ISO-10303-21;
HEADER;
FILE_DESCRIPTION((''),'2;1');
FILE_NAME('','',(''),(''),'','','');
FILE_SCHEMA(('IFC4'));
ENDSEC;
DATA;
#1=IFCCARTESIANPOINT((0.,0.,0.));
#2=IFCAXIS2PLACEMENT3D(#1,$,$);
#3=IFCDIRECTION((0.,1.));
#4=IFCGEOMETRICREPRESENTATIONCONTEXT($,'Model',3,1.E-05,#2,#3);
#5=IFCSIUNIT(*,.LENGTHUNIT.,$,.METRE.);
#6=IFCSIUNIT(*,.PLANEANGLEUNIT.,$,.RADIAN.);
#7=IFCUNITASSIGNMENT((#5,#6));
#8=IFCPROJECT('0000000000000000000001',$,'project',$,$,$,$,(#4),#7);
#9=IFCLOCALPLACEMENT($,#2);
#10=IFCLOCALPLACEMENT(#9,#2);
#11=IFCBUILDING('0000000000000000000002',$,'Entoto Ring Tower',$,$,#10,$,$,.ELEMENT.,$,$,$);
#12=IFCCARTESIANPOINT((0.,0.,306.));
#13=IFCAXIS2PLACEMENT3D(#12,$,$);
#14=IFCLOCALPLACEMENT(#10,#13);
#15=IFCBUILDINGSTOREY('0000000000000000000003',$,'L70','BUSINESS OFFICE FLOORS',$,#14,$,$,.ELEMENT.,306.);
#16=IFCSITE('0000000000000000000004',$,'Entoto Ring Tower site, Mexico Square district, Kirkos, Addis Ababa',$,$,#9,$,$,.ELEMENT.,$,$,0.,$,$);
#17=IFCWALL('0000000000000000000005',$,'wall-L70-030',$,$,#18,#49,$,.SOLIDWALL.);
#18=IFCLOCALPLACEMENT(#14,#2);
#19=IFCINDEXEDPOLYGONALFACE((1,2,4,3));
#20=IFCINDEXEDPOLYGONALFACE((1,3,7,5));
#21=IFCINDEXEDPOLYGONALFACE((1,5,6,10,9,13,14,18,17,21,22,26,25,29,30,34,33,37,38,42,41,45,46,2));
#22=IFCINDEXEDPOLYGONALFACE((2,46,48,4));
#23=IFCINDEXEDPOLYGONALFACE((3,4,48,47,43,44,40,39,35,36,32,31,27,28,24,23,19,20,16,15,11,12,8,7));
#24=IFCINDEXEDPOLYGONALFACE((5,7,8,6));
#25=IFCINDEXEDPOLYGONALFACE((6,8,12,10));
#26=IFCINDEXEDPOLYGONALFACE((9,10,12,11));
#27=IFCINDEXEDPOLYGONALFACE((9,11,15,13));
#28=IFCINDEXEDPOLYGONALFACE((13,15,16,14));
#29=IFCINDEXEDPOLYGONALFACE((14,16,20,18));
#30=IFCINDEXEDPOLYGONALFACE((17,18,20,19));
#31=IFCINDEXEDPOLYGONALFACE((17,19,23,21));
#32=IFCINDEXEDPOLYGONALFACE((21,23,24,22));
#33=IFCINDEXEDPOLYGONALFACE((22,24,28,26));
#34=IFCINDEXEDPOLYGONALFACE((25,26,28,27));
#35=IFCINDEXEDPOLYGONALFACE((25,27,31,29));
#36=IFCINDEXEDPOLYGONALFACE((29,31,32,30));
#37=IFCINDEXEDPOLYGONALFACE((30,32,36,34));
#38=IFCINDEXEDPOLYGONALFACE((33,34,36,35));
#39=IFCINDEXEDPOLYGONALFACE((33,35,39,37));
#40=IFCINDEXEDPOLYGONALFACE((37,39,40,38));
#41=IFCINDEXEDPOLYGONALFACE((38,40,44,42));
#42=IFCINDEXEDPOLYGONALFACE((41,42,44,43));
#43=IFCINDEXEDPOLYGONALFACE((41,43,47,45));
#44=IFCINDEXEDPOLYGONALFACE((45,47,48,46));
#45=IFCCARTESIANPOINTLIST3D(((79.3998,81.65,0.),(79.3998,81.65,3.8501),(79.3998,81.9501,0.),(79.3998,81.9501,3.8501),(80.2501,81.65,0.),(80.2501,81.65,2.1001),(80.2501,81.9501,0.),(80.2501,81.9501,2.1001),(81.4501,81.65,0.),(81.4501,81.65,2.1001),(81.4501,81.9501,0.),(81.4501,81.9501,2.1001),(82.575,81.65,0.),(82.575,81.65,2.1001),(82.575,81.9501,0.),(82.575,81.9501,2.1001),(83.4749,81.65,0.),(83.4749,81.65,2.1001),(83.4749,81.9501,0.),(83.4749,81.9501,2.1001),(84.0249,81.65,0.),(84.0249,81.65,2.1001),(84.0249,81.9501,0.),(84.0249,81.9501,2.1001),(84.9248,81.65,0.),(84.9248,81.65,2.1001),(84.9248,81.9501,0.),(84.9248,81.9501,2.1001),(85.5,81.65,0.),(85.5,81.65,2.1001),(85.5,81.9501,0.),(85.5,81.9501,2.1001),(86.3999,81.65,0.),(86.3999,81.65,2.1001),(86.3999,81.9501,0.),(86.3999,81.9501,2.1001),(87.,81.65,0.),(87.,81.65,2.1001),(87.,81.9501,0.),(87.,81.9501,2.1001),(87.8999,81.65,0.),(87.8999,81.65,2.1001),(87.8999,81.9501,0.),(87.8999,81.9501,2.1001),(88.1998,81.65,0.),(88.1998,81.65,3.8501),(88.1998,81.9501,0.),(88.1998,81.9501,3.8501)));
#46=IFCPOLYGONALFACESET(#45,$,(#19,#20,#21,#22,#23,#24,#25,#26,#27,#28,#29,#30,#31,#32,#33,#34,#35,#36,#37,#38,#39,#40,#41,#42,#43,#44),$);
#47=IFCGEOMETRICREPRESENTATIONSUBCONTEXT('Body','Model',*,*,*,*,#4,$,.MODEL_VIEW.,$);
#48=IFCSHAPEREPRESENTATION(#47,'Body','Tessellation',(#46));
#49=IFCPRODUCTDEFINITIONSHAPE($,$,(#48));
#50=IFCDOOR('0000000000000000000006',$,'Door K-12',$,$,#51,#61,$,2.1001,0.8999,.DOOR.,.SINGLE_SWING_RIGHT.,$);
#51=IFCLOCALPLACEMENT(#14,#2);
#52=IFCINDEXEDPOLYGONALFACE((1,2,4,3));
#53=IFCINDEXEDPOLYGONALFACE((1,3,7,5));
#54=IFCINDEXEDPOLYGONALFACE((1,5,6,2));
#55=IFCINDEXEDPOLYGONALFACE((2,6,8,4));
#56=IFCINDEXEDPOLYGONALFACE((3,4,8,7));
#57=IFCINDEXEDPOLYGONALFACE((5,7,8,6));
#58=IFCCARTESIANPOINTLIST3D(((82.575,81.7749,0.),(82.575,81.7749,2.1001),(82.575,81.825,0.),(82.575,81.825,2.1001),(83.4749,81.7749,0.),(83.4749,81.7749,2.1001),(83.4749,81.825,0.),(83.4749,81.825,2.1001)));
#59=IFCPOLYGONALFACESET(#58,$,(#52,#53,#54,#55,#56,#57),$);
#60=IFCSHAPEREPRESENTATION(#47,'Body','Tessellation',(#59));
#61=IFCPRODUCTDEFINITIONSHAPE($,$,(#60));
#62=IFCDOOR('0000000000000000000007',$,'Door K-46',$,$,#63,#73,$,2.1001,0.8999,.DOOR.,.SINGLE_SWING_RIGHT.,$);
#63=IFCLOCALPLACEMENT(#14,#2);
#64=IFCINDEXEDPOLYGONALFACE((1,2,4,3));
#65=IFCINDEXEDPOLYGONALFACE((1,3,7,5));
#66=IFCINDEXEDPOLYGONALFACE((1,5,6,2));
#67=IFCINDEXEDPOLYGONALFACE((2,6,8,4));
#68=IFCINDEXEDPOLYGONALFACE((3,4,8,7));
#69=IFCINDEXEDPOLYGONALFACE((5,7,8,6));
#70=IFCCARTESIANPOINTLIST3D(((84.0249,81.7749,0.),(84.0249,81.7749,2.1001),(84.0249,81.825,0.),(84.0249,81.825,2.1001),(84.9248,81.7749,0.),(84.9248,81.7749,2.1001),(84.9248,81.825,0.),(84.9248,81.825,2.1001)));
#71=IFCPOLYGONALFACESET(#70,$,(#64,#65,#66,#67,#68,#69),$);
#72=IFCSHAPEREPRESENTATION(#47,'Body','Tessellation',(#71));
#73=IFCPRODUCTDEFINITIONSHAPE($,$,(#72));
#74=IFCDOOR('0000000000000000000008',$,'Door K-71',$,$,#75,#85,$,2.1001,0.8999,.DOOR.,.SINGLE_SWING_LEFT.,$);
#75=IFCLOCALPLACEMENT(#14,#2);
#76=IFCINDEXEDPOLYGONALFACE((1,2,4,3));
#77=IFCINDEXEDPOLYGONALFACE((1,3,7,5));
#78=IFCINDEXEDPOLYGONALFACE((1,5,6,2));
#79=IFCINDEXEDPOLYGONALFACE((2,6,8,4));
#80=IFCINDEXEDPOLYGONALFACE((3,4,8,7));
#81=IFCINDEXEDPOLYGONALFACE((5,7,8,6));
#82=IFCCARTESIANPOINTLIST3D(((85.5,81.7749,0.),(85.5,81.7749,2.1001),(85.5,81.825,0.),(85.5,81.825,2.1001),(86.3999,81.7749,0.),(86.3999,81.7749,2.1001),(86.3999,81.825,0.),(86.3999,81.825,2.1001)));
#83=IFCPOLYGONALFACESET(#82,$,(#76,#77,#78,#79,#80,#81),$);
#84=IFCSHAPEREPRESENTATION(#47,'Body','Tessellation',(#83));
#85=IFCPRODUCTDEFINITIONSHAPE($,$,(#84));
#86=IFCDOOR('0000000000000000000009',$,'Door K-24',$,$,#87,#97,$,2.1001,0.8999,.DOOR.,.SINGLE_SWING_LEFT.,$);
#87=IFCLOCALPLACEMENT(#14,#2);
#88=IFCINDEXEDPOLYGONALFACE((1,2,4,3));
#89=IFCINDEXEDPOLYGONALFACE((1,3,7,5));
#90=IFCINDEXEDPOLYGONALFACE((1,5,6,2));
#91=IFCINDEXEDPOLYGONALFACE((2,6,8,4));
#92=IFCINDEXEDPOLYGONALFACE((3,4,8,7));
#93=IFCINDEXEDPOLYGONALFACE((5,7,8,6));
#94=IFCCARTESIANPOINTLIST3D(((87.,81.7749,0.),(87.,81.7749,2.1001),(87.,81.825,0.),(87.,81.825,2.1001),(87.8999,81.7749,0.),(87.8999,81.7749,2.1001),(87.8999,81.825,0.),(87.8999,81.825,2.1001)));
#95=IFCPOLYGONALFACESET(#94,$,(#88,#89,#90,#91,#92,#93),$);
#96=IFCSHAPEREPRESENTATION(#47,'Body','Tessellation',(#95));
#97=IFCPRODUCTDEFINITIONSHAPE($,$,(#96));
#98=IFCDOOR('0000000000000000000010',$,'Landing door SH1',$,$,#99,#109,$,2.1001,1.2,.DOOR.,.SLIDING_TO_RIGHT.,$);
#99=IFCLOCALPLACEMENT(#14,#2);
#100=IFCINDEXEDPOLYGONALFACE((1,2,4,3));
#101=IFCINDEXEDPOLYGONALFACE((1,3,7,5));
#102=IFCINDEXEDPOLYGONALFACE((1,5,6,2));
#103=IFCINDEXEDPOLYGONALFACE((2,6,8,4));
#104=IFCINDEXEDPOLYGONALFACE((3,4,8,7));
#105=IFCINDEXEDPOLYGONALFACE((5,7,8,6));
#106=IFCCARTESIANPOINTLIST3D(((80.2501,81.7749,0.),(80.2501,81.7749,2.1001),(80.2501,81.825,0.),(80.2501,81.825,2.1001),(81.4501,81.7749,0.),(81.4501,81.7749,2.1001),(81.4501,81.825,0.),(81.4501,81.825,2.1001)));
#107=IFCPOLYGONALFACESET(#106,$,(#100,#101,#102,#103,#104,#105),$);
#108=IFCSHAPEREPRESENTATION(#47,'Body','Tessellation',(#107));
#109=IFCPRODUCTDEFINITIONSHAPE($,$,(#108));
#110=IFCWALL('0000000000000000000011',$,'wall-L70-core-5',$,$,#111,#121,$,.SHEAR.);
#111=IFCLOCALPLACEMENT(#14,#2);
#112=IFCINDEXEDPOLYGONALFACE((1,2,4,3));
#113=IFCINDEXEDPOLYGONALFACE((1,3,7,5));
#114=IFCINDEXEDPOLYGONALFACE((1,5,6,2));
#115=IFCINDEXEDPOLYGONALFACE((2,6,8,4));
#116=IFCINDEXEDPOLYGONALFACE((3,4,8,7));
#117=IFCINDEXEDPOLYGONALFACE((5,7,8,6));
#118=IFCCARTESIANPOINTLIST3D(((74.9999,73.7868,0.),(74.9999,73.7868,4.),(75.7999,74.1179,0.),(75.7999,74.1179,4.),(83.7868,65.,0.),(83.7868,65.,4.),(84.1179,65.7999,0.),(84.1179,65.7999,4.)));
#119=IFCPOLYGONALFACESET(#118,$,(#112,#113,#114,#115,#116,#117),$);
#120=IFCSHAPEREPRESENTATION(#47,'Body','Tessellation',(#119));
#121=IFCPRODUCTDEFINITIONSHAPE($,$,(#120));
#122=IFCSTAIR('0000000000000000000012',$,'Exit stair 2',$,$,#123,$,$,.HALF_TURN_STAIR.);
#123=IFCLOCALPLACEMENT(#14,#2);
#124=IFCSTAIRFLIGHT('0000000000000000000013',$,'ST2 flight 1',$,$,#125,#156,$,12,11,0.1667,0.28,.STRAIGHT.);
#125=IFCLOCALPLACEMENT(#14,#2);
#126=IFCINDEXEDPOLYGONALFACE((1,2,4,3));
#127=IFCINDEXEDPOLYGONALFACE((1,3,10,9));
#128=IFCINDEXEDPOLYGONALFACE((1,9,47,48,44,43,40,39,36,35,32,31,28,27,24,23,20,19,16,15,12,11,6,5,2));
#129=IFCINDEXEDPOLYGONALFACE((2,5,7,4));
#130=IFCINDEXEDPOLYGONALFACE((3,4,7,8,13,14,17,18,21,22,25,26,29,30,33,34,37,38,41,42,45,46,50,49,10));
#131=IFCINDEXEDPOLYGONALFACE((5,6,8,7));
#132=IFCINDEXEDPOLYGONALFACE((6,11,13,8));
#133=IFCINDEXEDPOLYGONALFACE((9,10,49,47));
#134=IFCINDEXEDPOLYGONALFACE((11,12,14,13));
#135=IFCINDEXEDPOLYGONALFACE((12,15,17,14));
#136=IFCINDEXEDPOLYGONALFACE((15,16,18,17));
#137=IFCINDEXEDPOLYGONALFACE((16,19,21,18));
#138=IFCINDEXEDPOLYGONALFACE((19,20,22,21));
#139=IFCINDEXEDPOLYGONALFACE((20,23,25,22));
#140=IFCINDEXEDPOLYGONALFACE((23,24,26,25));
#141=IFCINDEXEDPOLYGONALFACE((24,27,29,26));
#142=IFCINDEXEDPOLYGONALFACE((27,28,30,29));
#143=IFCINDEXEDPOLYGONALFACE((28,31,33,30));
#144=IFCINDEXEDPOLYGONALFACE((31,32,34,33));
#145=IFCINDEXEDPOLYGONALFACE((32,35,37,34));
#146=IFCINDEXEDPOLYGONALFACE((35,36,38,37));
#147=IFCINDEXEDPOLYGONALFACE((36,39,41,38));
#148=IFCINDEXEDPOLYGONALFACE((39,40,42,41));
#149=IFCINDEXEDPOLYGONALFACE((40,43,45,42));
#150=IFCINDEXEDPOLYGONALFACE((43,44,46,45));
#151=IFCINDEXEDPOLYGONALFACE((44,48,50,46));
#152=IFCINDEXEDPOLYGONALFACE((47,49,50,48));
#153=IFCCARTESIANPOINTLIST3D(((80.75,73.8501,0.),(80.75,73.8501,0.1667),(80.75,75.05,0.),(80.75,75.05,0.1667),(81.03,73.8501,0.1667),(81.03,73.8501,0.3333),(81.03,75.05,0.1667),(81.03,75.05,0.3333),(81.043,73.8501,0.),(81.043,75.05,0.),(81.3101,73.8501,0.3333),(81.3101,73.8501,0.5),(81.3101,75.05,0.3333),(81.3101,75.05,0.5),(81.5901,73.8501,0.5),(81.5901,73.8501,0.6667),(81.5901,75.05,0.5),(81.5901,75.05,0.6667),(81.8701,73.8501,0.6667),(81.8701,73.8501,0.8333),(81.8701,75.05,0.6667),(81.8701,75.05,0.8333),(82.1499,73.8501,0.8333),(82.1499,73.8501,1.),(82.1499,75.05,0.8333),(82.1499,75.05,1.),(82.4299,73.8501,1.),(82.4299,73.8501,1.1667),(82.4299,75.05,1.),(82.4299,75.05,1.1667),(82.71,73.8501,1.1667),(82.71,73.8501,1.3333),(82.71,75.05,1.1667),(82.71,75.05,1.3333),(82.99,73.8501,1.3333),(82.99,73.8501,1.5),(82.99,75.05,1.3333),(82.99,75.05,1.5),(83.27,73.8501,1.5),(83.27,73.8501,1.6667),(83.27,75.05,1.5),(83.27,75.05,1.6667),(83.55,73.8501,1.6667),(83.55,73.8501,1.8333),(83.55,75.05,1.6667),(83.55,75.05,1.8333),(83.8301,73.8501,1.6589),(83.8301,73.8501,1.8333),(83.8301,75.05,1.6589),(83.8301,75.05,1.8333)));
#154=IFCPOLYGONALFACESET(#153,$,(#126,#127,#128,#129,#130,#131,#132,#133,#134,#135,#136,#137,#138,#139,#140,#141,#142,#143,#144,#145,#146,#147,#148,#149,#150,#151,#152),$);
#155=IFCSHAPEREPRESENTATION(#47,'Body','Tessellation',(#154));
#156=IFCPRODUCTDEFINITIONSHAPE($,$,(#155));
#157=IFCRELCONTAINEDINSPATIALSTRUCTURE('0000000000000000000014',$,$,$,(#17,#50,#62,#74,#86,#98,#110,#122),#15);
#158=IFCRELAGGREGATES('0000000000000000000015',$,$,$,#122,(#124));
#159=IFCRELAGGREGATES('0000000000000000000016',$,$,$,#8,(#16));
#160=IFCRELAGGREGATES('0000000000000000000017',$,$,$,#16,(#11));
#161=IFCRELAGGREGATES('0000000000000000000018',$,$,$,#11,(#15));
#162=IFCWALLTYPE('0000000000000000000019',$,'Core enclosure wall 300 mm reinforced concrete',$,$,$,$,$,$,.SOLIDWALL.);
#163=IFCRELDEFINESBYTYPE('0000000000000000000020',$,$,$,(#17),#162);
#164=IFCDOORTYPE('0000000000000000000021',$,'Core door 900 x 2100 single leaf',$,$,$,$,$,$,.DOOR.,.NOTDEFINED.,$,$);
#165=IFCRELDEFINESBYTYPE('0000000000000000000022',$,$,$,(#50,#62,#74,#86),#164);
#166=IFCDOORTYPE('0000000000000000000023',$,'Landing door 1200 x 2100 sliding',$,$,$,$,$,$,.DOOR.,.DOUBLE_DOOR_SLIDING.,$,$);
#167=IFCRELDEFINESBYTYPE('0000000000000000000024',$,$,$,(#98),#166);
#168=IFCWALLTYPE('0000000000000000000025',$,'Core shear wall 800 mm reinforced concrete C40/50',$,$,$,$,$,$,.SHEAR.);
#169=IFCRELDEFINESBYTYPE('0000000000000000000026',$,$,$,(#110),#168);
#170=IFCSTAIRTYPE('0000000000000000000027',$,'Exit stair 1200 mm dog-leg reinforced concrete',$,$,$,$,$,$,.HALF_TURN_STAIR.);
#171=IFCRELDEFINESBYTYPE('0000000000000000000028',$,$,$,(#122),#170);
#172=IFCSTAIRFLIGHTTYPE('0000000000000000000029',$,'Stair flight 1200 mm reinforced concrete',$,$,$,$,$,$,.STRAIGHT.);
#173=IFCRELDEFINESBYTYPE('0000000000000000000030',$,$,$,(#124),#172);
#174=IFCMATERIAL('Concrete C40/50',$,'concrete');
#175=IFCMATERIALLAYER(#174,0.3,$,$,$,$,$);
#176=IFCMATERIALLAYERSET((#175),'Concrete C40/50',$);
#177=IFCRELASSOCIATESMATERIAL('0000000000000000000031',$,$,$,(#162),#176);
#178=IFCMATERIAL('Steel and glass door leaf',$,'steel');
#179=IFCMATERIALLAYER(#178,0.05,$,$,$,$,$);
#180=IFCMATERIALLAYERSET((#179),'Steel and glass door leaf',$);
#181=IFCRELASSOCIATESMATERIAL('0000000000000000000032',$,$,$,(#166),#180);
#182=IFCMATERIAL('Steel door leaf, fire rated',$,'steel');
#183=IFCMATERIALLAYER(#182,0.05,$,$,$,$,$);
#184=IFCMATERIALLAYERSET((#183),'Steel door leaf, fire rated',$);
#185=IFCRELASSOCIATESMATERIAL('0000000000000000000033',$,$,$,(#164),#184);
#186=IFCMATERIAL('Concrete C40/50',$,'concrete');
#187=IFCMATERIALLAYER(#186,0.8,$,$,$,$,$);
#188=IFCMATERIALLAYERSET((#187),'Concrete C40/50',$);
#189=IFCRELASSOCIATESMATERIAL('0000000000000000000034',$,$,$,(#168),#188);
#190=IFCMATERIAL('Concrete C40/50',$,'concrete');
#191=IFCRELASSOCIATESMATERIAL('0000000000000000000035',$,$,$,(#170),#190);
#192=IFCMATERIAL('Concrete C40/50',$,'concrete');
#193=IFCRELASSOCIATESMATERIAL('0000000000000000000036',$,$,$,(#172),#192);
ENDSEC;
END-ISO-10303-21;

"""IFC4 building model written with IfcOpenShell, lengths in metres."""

from ifc_helpers import new_model, si_unit, direction, frame, frame_2d, origin, place, context, subcontext, project, spatial, polyline, rectangle, outline, extrude, material, layer, layer_set, type_object, element, fill, aggregate, save


model = new_model("IFC4")

# Units and contexts
model_context = context("Model", 3, precision=1e-05, world=origin(), true_north=direction((0.0, 1.0)))
body_context = subcontext(model_context, "Body", "Model", "MODEL_VIEW")
ifc_project = project(units=[si_unit("LENGTHUNIT", "METRE"), si_unit("PLANEANGLEUNIT", "RADIAN")], contexts=[model_context])

# Site, building, storey
site_placement = place(None, origin())
site = spatial("IfcSite", under=ifc_project, at=site_placement, Name="Entoto Ring Tower site, Mexico Square district, Kirkos, Addis Ababa", CompositionType="ELEMENT", RefElevation=0.0)
building_placement = place(site_placement, origin())
building = spatial("IfcBuilding", under=site, at=building_placement, Name="Entoto Ring Tower", CompositionType="ELEMENT")
storey_placement = place(building_placement, frame((0.0, 0.0, 306.0)))
storey = spatial("IfcBuildingStorey", under=building, at=storey_placement, Name="L70", Description="BUSINESS OFFICE FLOORS", CompositionType="ELEMENT", Elevation=306.0)

# Shared definitions
ifc_material_1 = material(Name="Concrete C40/50", Category="concrete")
ifc_layer_1 = layer(ifc_material_1, 0.3)
ifc_layer_set_1 = layer_set([ifc_layer_1], Name="Concrete C40/50")
wall_type_1 = type_object("IfcWallType", Name="Core enclosure wall 300 mm reinforced concrete", PredefinedType="SOLIDWALL", material=ifc_layer_set_1)
ifc_material_2 = material(Name="Steel and glass door leaf", Category="steel")
ifc_layer_2 = layer(ifc_material_2, 0.05)
ifc_layer_set_2 = layer_set([ifc_layer_2], Name="Steel and glass door leaf")
door_type_1 = type_object("IfcDoorType", Name="Landing door 1200 x 2100 sliding", OperationType="DOUBLE_DOOR_SLIDING", PredefinedType="DOOR", material=ifc_layer_set_2)

# Wall, openings, doors
ifc_material_3 = material(Name="Steel door leaf, fire rated", Category="steel")
ifc_layer_3 = layer(ifc_material_3, 0.05)
ifc_layer_set_3 = layer_set([ifc_layer_3], Name="Steel door leaf, fire rated")
door_type_2 = type_object("IfcDoorType", Name="Core door 900 x 2100 single leaf", OperationType="NOTDEFINED", PredefinedType="DOOR", material=ifc_layer_set_3)
wall_1_placement = place(storey_placement, frame((79.3999, 81.8, 0.0), z_axis=(0.0, 0.0, 1.0), x_axis=(1.0, 0.0, 0.0)))
wall_1 = element("IfcWall", 1, at=wall_1_placement, inside=storey, type_object=wall_type_1, Name="wall-L70-030", PredefinedType="SOLIDWALL", context=body_context, shape_type="SweptSolid", body=[
    extrude(rectangle(XDim=8.8, YDim=0.3, at=frame_2d((4.3999, 0.0))), origin(), (0.0, 0.0, 1.0), 3.8501),
])
opening_1_placement = place(wall_1_placement, frame((0.8501, 0.0, 0.0)))
opening_1 = element("IfcOpeningElement", 2, at=opening_1_placement, cuts=wall_1, PredefinedType="OPENING", context=body_context, shape_type="SweptSolid", body=[
    extrude(rectangle(XDim=1.2, YDim=2.1001, at=frame_2d((0.6001, 1.05))), frame((0.0, 0.1602, 0.0), z_axis=(0.0, -1.0, 0.0), x_axis=(1.0, 0.0, 0.0)), (0.0, 0.0, 1.0), 0.3201),
])
opening_2_placement = place(wall_1_placement, frame((3.175, 0.0, 0.0)))
opening_2 = element("IfcOpeningElement", 3, at=opening_2_placement, cuts=wall_1, PredefinedType="OPENING", context=body_context, shape_type="SweptSolid", body=[
    extrude(rectangle(XDim=0.8999, YDim=2.1001, at=frame_2d((0.45, 1.05))), frame((0.0, 0.1602, 0.0), z_axis=(0.0, -1.0, 0.0), x_axis=(1.0, 0.0, 0.0)), (0.0, 0.0, 1.0), 0.3201),
])
opening_3_placement = place(wall_1_placement, frame((4.625, 0.0, 0.0)))
opening_3 = element("IfcOpeningElement", 4, at=opening_3_placement, cuts=wall_1, PredefinedType="OPENING", context=body_context, shape_type="SweptSolid", body=[
    extrude(rectangle(XDim=0.8999, YDim=2.1001, at=frame_2d((0.45, 1.05))), frame((0.0, 0.1602, 0.0), z_axis=(0.0, -1.0, 0.0), x_axis=(1.0, 0.0, 0.0)), (0.0, 0.0, 1.0), 0.3201),
])
opening_4_placement = place(wall_1_placement, frame((6.1001, 0.0, 0.0)))
opening_4 = element("IfcOpeningElement", 5, at=opening_4_placement, cuts=wall_1, PredefinedType="OPENING", context=body_context, shape_type="SweptSolid", body=[
    extrude(rectangle(XDim=0.8999, YDim=2.1001, at=frame_2d((0.45, 1.05))), frame((0.0, 0.1602, 0.0), z_axis=(0.0, -1.0, 0.0), x_axis=(1.0, 0.0, 0.0)), (0.0, 0.0, 1.0), 0.3201),
])
opening_5_placement = place(wall_1_placement, frame((7.6001, 0.0, 0.0)))
opening_5 = element("IfcOpeningElement", 6, at=opening_5_placement, cuts=wall_1, PredefinedType="OPENING", context=body_context, shape_type="SweptSolid", body=[
    extrude(rectangle(XDim=0.8999, YDim=2.1001, at=frame_2d((0.45, 1.05))), frame((0.0, 0.1602, 0.0), z_axis=(0.0, -1.0, 0.0), x_axis=(1.0, 0.0, 0.0)), (0.0, 0.0, 1.0), 0.3201),
])
door_1_placement = place(opening_2_placement, origin())
door_1 = element("IfcDoor", 7, at=door_1_placement, inside=storey, type_object=door_type_2, Name="Door K-12", OperationType="SINGLE_SWING_RIGHT", OverallHeight=2.1001, OverallWidth=0.8999, PredefinedType="DOOR", context=body_context, shape_type="SweptSolid", body=[
    extrude(rectangle(XDim=0.8999, YDim=2.1001, at=frame_2d((0.45, 1.05))), frame((0.0, 0.0249, 0.0), z_axis=(0.0, -1.0, 0.0), x_axis=(1.0, 0.0, 0.0)), (0.0, 0.0, 1.0), 0.05),
])
fill(opening_2, door_1)
door_2_placement = place(opening_3_placement, origin())
door_2 = element("IfcDoor", 8, at=door_2_placement, inside=storey, type_object=door_type_2, Name="Door K-46", OperationType="SINGLE_SWING_RIGHT", OverallHeight=2.1001, OverallWidth=0.8999, PredefinedType="DOOR", context=body_context, shape_type="SweptSolid", body=[
    extrude(rectangle(XDim=0.8999, YDim=2.1001, at=frame_2d((0.45, 1.05))), frame((0.0, 0.0249, 0.0), z_axis=(0.0, -1.0, 0.0), x_axis=(1.0, 0.0, 0.0)), (0.0, 0.0, 1.0), 0.05),
])
fill(opening_3, door_2)
door_3_placement = place(opening_4_placement, origin())
door_3 = element("IfcDoor", 9, at=door_3_placement, inside=storey, type_object=door_type_2, Name="Door K-71", OperationType="SINGLE_SWING_LEFT", OverallHeight=2.1001, OverallWidth=0.8999, PredefinedType="DOOR", context=body_context, shape_type="SweptSolid", body=[
    extrude(rectangle(XDim=0.8999, YDim=2.1001, at=frame_2d((0.45, 1.05))), frame((0.0, 0.0249, 0.0), z_axis=(0.0, -1.0, 0.0), x_axis=(1.0, 0.0, 0.0)), (0.0, 0.0, 1.0), 0.05),
])
fill(opening_4, door_3)
door_4_placement = place(opening_5_placement, origin())
door_4 = element("IfcDoor", 10, at=door_4_placement, inside=storey, type_object=door_type_2, Name="Door K-24", OperationType="SINGLE_SWING_LEFT", OverallHeight=2.1001, OverallWidth=0.8999, PredefinedType="DOOR", context=body_context, shape_type="SweptSolid", body=[
    extrude(rectangle(XDim=0.8999, YDim=2.1001, at=frame_2d((0.45, 1.05))), frame((0.0, 0.0249, 0.0), z_axis=(0.0, -1.0, 0.0), x_axis=(1.0, 0.0, 0.0)), (0.0, 0.0, 1.0), 0.05),
])
fill(opening_5, door_4)
door_5_placement = place(opening_1_placement, origin())
door_5 = element("IfcDoor", 11, at=door_5_placement, inside=storey, type_object=door_type_1, Name="Landing door SH1", OperationType="SLIDING_TO_RIGHT", OverallHeight=2.1001, OverallWidth=1.2, PredefinedType="DOOR", context=body_context, shape_type="SweptSolid", body=[
    extrude(rectangle(XDim=1.2, YDim=2.1001, at=frame_2d((0.6001, 1.05))), frame((0.0, 0.0249, 0.0), z_axis=(0.0, -1.0, 0.0), x_axis=(1.0, 0.0, 0.0)), (0.0, 0.0, 1.0), 0.05),
])
fill(opening_1, door_5)

# Wall
ifc_material_4 = material(Name="Concrete C40/50", Category="concrete")
ifc_layer_4 = layer(ifc_material_4, 0.8)
ifc_layer_set_4 = layer_set([ifc_layer_4], Name="Concrete C40/50")
wall_type_2 = type_object("IfcWallType", Name="Core shear wall 800 mm reinforced concrete C40/50", PredefinedType="SHEAR", material=ifc_layer_set_4)
wall_2_placement = place(storey_placement, frame((75.3999, 73.9524, 0.0), z_axis=(0.0, 0.0, 1.0), x_axis=(0.707107, -0.707107, 0.0)))
element("IfcWall", 12, at=wall_2_placement, inside=storey, type_object=wall_type_2, Name="wall-L70-core-5", PredefinedType="SHEAR", context=body_context, shape_type="SweptSolid", body=[
    extrude(outline(polyline([(-0.1658, -0.3999), (12.2607, -0.3999), (11.9292, 0.3999), (0.1658, 0.3999), (-0.1658, -0.3999)])), origin(), (0.0, 0.0, 1.0), 4.0),
])

# Stair, stair flight
ifc_material_5 = material(Name="Concrete C40/50", Category="concrete")
stair_type = type_object("IfcStairType", Name="Exit stair 1200 mm dog-leg reinforced concrete", PredefinedType="HALF_TURN_STAIR", material=ifc_material_5)
stair_placement = place(storey_placement, origin())
stair = element("IfcStair", 13, at=stair_placement, inside=storey, type_object=stair_type, Name="Exit stair 2", PredefinedType="HALF_TURN_STAIR")
ifc_material_6 = material(Name="Concrete C40/50", Category="concrete")
stair_flight_type = type_object("IfcStairFlightType", Name="Stair flight 1200 mm reinforced concrete", PredefinedType="STRAIGHT", material=ifc_material_6)
stair_flight_1_placement = place(storey_placement, frame((80.75, 74.45, 0.0), z_axis=(0.0, 0.0, 1.0), x_axis=(1.0, 0.0, 0.0)))
stair_flight_1 = element("IfcStairFlight", 14, at=stair_flight_1_placement, type_object=stair_flight_type, Name="ST2 flight 1", NumberOfRisers=12, NumberOfTreads=11, PredefinedType="STRAIGHT", RiserHeight=0.1667, TreadLength=0.28, context=body_context, shape_type="SweptSolid", body=[
    extrude(outline(polyline([(0.0, 0.0), (0.0, 0.1667), (0.28, 0.1667), (0.28, 0.3333), (0.5601, 0.3333), (0.5601, 0.5), (0.8401, 0.5), (0.8401, 0.6667), (1.1201, 0.6667), (1.1201, 0.8333), (1.3999, 0.8333), (1.3999, 1.0), (1.6799, 1.0), (1.6799, 1.1667), (1.96, 1.1667), (1.96, 1.3333), (2.24, 1.3333), (2.24, 1.5), (2.52, 1.5), (2.52, 1.6667), (2.8, 1.6667), (2.8, 1.8333), (3.0801, 1.8333), (3.0801, 2.0), (3.0801, 1.6589), (0.293, 0.0), (0.0, 0.0)])), frame((0.0, 0.6001, 0.0), z_axis=(0.0, -1.0, 0.0), x_axis=(1.0, 0.0, 0.0)), (0.0, 0.0, 1.0), 1.2),
])
aggregate(stair, [stair_flight_1])

save(model, "model.ifc")
